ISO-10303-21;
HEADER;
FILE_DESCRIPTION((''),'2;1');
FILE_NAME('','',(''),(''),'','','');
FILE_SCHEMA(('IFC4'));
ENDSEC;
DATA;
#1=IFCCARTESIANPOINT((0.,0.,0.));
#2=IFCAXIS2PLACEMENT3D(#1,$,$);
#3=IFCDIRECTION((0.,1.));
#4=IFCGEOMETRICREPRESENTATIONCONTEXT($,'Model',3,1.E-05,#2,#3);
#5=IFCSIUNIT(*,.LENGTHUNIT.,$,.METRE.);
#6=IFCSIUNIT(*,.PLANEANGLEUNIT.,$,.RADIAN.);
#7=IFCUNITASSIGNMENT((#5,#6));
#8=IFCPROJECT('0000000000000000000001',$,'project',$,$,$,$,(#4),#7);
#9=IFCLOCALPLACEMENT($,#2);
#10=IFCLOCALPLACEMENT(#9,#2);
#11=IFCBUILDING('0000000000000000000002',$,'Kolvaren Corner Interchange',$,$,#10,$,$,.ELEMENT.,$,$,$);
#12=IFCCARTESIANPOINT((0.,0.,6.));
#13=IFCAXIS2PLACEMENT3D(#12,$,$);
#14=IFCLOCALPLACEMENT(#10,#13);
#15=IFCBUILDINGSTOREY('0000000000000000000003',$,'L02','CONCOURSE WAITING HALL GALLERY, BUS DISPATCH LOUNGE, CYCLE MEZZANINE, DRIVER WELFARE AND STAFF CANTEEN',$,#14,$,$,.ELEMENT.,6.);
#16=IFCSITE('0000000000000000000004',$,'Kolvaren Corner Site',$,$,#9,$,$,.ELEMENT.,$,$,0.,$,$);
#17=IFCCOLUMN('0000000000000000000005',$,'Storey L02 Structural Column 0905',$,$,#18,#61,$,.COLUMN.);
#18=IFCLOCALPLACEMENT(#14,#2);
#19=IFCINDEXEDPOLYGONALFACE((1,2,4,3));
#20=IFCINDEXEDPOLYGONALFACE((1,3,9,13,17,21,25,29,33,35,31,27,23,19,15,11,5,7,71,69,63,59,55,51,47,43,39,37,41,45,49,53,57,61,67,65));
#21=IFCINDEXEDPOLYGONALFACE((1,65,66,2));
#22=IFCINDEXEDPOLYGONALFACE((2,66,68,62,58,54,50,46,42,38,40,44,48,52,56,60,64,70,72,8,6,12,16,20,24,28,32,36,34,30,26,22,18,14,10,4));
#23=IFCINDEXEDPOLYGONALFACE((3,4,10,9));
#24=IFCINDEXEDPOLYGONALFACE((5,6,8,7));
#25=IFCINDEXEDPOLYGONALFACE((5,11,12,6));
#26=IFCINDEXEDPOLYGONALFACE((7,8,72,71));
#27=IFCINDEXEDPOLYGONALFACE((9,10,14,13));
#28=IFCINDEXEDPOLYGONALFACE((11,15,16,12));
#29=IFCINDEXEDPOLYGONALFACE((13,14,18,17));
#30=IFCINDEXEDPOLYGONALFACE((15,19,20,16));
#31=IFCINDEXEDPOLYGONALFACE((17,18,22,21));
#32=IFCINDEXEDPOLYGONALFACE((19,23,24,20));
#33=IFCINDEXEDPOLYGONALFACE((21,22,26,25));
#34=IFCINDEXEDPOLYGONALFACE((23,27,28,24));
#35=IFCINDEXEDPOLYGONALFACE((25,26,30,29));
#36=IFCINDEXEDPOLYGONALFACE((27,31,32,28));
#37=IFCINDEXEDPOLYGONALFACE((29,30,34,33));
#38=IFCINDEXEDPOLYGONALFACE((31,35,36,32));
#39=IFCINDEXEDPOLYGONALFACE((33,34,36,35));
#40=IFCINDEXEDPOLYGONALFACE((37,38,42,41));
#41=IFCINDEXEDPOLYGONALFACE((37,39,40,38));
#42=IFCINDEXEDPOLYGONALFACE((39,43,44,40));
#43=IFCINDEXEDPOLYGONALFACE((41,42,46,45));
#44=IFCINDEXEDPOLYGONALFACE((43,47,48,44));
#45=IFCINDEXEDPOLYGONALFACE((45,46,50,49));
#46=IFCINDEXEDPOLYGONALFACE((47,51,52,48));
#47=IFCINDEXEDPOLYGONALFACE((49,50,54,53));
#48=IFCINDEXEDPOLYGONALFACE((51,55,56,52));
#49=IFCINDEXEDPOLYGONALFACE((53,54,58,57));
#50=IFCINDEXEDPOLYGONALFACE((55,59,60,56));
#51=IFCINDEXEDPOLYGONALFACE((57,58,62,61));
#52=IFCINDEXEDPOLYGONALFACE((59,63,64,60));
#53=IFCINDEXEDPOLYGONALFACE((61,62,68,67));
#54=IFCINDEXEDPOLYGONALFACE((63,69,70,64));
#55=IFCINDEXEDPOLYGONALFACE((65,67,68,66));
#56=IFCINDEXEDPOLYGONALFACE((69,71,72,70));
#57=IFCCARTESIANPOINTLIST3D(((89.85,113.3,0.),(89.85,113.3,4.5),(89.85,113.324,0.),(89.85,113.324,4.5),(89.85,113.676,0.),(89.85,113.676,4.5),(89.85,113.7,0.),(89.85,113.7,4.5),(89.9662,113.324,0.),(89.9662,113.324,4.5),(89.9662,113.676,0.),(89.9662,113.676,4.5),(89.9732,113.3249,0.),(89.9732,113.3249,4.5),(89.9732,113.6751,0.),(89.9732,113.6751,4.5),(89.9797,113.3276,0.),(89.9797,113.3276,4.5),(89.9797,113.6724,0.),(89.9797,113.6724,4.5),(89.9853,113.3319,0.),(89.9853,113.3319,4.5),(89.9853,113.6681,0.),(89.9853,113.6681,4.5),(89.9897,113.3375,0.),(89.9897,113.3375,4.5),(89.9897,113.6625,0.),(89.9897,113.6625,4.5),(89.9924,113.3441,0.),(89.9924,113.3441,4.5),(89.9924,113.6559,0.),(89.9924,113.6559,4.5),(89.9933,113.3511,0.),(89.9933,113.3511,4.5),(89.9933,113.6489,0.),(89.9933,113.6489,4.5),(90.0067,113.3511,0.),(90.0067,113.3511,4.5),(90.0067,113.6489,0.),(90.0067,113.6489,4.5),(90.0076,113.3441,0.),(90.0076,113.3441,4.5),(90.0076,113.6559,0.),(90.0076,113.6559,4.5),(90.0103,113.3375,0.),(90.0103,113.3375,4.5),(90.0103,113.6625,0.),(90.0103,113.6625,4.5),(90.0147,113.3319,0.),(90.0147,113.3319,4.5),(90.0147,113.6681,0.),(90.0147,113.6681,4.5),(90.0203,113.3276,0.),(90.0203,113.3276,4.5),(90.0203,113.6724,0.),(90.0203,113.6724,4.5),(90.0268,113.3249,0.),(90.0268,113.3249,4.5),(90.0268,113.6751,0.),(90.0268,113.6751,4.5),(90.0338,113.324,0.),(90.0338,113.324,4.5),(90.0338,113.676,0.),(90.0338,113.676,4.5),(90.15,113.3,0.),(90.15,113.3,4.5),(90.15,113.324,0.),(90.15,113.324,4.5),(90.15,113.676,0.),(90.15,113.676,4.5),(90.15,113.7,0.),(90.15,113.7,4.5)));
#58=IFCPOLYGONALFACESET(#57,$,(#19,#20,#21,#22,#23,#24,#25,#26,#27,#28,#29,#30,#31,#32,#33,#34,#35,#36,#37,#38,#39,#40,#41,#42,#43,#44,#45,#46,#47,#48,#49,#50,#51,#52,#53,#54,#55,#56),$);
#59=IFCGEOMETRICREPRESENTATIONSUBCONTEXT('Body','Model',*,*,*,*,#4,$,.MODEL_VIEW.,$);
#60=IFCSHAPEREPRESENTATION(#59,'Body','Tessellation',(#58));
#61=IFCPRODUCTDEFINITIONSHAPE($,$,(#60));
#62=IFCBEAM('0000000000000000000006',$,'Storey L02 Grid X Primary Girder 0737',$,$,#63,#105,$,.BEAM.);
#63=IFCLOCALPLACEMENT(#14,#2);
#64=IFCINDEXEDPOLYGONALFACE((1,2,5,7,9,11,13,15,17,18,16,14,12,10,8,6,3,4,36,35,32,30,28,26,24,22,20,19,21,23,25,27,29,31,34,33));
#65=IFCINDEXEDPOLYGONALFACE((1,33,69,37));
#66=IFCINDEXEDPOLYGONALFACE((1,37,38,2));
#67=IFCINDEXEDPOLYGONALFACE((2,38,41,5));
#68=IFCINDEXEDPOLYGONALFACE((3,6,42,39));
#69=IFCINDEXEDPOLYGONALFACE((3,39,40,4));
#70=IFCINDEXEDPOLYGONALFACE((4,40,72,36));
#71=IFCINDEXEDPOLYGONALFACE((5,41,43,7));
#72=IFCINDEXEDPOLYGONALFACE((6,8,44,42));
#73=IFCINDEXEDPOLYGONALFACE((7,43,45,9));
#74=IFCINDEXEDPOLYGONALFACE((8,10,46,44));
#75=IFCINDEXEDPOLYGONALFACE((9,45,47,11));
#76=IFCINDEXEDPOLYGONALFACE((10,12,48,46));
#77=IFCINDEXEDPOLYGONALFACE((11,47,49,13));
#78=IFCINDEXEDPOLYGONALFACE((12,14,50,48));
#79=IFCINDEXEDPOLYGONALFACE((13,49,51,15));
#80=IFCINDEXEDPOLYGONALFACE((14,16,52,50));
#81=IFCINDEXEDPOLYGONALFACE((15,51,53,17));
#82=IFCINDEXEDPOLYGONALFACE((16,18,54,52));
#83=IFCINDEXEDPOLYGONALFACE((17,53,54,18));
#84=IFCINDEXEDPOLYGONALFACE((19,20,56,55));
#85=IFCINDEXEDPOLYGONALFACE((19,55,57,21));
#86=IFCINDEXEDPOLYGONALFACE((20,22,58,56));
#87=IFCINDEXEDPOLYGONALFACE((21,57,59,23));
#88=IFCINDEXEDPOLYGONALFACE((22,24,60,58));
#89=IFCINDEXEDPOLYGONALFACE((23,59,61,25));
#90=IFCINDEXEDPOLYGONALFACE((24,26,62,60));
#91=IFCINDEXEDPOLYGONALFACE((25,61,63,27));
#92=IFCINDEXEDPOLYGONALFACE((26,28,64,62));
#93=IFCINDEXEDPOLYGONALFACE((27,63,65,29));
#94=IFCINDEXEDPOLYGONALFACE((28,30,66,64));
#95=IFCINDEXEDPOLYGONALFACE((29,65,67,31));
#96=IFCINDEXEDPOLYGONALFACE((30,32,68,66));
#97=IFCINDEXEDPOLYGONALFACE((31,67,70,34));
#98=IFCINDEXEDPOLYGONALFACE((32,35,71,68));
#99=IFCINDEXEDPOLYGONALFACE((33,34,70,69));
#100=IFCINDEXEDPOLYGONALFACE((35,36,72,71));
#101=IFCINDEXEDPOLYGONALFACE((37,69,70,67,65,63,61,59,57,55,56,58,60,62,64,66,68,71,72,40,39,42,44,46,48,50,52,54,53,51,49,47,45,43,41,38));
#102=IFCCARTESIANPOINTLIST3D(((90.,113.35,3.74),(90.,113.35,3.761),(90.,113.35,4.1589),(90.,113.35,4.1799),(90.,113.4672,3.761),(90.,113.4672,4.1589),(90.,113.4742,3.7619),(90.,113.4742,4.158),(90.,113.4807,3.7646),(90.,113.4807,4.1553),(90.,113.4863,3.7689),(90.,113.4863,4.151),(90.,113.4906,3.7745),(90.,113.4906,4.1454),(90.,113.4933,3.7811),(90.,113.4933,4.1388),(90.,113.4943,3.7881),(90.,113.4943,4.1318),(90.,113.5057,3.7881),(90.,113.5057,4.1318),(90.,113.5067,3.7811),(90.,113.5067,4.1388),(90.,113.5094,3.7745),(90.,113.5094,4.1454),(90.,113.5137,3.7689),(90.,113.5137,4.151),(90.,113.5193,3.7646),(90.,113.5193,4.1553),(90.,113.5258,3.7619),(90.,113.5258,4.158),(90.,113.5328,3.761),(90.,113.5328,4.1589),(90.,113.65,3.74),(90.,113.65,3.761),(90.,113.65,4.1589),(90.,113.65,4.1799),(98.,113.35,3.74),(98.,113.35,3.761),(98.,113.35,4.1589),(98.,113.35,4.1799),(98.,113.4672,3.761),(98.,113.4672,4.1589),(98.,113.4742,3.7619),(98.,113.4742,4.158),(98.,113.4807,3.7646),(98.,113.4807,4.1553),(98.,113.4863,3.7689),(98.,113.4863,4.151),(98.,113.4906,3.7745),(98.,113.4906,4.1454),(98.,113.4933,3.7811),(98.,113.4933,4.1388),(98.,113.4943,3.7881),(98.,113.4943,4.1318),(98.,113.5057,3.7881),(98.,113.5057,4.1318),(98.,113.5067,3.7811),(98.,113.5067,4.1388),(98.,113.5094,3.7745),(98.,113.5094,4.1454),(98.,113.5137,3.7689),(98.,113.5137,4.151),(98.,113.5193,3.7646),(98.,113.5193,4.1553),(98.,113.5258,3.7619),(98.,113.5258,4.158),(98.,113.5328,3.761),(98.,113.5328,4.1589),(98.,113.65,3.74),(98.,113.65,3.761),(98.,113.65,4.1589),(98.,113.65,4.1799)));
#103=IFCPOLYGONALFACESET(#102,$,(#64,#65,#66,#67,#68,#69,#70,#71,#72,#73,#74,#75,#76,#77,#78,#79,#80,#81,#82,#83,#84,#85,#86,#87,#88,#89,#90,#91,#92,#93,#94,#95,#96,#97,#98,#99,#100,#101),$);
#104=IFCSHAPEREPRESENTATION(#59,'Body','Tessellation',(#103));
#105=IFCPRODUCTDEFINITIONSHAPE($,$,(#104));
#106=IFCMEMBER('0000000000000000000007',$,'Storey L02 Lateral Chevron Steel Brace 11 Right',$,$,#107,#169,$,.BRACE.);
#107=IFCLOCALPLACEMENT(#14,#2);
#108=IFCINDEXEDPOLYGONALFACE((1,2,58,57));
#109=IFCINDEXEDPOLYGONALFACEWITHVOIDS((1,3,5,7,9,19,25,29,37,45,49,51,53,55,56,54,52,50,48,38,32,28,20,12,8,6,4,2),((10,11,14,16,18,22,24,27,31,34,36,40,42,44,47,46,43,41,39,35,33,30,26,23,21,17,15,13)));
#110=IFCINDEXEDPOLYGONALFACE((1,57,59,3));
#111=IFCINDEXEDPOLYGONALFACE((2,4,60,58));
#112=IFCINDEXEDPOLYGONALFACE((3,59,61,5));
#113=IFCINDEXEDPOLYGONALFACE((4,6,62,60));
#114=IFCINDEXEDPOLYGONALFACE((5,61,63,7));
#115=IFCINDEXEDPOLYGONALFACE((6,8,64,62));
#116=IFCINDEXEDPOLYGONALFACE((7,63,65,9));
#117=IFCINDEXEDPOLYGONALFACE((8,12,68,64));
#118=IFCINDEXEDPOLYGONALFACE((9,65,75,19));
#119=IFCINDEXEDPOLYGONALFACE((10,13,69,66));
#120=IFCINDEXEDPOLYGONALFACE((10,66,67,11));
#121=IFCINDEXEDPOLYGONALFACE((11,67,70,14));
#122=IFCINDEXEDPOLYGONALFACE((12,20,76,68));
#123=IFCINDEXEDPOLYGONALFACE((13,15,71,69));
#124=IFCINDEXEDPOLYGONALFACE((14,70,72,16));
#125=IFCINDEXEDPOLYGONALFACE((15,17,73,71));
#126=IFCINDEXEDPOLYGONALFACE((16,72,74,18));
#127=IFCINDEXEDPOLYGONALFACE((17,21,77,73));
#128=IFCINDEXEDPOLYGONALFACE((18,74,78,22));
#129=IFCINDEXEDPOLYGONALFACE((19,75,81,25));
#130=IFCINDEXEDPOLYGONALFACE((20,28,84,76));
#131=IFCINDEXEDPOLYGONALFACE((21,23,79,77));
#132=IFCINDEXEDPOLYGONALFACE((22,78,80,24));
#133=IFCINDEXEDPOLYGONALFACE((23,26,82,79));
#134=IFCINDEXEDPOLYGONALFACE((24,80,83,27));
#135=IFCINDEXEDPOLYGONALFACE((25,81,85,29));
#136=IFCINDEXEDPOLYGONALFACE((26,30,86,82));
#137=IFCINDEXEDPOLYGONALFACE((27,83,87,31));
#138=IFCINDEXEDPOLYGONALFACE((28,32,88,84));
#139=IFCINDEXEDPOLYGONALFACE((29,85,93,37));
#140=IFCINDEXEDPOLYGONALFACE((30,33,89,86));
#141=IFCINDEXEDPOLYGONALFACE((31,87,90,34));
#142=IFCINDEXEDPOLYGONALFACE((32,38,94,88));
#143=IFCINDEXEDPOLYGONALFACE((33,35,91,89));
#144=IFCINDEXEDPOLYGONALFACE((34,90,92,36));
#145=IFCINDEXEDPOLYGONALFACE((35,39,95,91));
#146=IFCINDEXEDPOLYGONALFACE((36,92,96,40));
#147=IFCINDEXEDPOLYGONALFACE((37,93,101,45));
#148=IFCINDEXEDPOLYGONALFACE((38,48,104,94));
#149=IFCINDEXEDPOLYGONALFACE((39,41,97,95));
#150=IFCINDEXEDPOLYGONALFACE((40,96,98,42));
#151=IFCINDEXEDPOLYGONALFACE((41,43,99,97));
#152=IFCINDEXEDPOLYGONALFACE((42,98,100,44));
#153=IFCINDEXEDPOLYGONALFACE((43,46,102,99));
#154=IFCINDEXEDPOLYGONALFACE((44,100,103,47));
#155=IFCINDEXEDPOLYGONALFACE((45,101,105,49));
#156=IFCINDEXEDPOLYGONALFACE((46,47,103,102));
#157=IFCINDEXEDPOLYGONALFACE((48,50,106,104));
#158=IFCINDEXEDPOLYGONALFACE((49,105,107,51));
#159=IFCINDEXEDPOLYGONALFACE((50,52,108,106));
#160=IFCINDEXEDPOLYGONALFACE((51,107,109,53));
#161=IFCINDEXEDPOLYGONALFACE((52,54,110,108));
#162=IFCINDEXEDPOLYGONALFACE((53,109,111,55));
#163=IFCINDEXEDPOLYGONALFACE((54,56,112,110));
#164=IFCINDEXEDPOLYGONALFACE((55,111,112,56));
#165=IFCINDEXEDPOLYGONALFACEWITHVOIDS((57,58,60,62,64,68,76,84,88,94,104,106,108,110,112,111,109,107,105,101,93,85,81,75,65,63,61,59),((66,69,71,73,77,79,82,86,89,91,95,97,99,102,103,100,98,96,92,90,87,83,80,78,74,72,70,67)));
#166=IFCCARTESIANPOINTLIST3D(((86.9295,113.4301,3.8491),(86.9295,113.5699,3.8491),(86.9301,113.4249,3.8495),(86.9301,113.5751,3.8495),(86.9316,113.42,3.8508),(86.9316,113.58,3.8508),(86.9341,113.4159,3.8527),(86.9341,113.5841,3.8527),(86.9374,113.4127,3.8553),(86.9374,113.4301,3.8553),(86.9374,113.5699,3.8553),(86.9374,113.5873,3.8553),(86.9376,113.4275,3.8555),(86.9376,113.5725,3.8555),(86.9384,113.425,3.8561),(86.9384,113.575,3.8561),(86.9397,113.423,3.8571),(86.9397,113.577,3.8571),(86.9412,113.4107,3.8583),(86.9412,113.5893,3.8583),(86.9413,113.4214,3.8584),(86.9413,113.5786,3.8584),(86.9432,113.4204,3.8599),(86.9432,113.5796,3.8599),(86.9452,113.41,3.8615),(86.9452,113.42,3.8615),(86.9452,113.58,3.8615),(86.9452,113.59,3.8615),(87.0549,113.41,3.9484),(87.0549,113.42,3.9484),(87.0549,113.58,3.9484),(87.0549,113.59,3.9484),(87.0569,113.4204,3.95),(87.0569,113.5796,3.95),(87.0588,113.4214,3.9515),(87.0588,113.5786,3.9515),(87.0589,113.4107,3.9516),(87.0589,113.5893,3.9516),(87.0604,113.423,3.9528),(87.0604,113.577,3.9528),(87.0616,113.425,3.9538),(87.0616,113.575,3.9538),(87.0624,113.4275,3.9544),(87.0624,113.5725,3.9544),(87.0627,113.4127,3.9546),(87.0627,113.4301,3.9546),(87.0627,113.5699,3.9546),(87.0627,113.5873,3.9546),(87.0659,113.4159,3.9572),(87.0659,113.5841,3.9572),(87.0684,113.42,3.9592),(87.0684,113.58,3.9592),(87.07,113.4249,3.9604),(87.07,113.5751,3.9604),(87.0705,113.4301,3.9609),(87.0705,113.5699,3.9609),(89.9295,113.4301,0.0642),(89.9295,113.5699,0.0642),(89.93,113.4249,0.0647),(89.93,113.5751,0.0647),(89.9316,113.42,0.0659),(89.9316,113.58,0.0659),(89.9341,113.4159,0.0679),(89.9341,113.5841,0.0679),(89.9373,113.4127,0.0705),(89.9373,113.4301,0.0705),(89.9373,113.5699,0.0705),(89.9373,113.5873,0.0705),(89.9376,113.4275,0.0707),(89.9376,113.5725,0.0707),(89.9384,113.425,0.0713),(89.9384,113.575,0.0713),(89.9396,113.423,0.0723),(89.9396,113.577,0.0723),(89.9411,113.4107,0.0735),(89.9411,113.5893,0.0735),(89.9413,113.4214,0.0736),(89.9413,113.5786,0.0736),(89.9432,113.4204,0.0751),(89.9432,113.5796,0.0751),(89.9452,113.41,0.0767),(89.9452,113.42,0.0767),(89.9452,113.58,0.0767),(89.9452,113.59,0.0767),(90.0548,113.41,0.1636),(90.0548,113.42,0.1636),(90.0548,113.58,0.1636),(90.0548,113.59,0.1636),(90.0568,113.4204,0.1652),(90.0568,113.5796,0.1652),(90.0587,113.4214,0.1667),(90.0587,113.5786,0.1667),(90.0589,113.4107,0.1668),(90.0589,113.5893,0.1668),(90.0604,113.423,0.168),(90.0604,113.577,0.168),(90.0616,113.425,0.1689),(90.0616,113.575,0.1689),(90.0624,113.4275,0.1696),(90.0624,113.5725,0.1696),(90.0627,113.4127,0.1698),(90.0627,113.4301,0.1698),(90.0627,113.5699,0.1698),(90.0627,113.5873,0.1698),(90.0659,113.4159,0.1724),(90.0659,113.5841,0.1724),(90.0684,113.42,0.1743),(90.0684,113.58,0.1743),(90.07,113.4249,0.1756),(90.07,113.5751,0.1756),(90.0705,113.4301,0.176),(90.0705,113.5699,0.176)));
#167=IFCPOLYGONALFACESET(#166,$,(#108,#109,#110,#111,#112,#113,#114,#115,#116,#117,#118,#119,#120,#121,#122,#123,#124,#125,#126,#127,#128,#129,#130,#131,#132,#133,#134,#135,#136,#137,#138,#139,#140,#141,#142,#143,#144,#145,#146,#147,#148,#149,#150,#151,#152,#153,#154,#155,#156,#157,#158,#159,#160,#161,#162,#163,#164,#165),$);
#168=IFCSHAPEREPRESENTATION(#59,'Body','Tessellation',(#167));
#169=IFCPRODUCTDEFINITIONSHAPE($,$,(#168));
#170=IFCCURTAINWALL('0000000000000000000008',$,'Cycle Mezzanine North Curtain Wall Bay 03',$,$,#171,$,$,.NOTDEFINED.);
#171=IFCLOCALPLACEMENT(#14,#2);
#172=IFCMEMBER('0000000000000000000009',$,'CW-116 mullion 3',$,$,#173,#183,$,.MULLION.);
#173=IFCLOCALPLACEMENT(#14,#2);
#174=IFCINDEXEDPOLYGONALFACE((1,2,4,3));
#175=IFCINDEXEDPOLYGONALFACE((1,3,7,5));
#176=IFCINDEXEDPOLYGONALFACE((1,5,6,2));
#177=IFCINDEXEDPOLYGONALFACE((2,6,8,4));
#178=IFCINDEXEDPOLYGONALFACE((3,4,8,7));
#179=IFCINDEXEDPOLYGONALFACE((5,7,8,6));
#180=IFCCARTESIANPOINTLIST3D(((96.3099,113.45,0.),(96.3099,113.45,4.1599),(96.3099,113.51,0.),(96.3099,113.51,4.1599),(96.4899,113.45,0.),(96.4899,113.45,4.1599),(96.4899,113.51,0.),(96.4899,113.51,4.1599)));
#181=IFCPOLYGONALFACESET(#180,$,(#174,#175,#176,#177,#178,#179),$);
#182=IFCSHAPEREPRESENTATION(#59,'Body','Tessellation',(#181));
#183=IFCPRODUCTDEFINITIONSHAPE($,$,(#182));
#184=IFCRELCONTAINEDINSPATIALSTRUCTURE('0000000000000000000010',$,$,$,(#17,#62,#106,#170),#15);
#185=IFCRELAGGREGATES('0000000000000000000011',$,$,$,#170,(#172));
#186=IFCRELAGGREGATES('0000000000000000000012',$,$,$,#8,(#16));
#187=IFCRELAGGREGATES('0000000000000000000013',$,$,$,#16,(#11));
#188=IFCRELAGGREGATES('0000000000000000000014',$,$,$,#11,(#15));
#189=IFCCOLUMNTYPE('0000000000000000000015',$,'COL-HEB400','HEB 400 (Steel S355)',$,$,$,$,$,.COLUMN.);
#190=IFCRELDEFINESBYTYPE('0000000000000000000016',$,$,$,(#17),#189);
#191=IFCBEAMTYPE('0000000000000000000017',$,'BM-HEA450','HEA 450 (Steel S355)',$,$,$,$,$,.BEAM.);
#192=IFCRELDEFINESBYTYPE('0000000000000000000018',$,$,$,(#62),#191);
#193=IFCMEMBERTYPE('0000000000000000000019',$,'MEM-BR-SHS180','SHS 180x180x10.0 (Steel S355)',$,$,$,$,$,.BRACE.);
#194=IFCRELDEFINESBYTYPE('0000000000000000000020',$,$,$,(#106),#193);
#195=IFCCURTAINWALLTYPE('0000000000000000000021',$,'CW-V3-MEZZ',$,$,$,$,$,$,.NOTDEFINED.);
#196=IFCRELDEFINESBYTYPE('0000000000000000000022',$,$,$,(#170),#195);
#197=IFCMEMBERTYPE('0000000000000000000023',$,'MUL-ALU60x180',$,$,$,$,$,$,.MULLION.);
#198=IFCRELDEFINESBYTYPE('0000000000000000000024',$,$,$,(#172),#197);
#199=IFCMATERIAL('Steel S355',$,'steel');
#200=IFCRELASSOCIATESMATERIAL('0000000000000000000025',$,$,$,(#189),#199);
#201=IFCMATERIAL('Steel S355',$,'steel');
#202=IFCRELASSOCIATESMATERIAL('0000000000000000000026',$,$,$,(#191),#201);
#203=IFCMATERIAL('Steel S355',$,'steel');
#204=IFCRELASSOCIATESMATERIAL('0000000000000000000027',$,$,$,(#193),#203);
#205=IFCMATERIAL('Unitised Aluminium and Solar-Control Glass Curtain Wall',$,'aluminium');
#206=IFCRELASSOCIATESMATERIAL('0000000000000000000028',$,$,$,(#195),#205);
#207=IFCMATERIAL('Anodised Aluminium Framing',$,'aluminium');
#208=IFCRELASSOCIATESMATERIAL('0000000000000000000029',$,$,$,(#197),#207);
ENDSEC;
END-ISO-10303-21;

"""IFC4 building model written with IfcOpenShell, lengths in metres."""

from ifc_helpers import new_model, si_unit, direction, frame, origin, origin_2d, place, context, subcontext, project, spatial, rectangle, hollow_rectangle, i_section, extrude, material, material_profile, profile_set, type_object, element, aggregate, save


model = new_model("IFC4")

# Units and contexts
model_context = context("Model", 3, precision=1e-05, world=origin(), true_north=direction((0.0, 1.0)))
body_context = subcontext(model_context, "Body", "Model", "MODEL_VIEW")
ifc_project = project(units=[si_unit("LENGTHUNIT", "METRE"), si_unit("PLANEANGLEUNIT", "RADIAN")], contexts=[model_context])

# Site, building, storey
site_placement = place(None, origin())
site = spatial("IfcSite", under=ifc_project, at=site_placement, Name="Kolvaren Corner Site", CompositionType="ELEMENT", RefElevation=0.0)
building_placement = place(site_placement, origin())
building = spatial("IfcBuilding", under=site, at=building_placement, Name="Kolvaren Corner Interchange", CompositionType="ELEMENT")
storey_placement = place(building_placement, frame((0.0, 0.0, 6.0)))
storey = spatial("IfcBuildingStorey", under=building, at=storey_placement, Name="L02", Description="CONCOURSE WAITING HALL GALLERY, BUS DISPATCH LOUNGE, CYCLE MEZZANINE, DRIVER WELFARE AND STAFF CANTEEN", CompositionType="ELEMENT", Elevation=6.0)

# Column
ifc_material_1 = material(Name="Steel S355", Category="steel")
ifc_material_profile_1 = material_profile(ifc_material_1, i_section(OverallWidth=0.3, OverallDepth=0.3999, WebThickness=0.0134, FlangeThickness=0.0239, FilletRadius=0.0271, at=origin_2d()), Name="HEB 400")
ifc_profile_set_1 = profile_set([ifc_material_profile_1], Name="Steel S355")
column_type = type_object("IfcColumnType", Name="COL-HEB400", Description="HEB 400 (Steel S355)", PredefinedType="COLUMN", material=ifc_profile_set_1)
column_placement = place(storey_placement, frame((90.0, 113.5, 0.0), z_axis=(0.0, 0.0, 1.0), x_axis=(1.0, 0.0, 0.0)))
element("IfcColumn", 1, at=column_placement, inside=storey, type_object=column_type, Name="Storey L02 Structural Column 0905", PredefinedType="COLUMN", context=body_context, shape_type="SweptSolid", body=[
    extrude(i_section(OverallWidth=0.3, OverallDepth=0.3999, WebThickness=0.0134, FlangeThickness=0.0239, FilletRadius=0.0271, at=origin_2d()), origin(), (0.0, 0.0, 1.0), 4.5),
])

# Beam
ifc_material_2 = material(Name="Steel S355", Category="steel")
ifc_material_profile_2 = material_profile(ifc_material_2, i_section(OverallWidth=0.3, OverallDepth=0.4399, WebThickness=0.0115, FlangeThickness=0.021, FilletRadius=0.0271, at=origin_2d()), Name="HEA 450")
ifc_profile_set_2 = profile_set([ifc_material_profile_2], Name="Steel S355")
beam_type = type_object("IfcBeamType", Name="BM-HEA450", Description="HEA 450 (Steel S355)", PredefinedType="BEAM", material=ifc_profile_set_2)
beam_placement = place(storey_placement, frame((90.0, 113.5, 3.96), z_axis=(1.0, 0.0, 0.0), x_axis=(0.0, 1.0, 0.0)))
element("IfcBeam", 2, at=beam_placement, inside=storey, type_object=beam_type, Name="Storey L02 Grid X Primary Girder 0737", PredefinedType="BEAM", context=body_context, shape_type="SweptSolid", body=[
    extrude(i_section(OverallWidth=0.3, OverallDepth=0.4399, WebThickness=0.0115, FlangeThickness=0.021, FilletRadius=0.0271, at=origin_2d()), origin(), (0.0, 0.0, 1.0), 8.0),
])

# Member
ifc_material_3 = material(Name="Steel S355", Category="steel")
ifc_material_profile_3 = material_profile(ifc_material_3, hollow_rectangle(XDim=0.1799, YDim=0.1799, WallThickness=0.01, InnerFilletRadius=0.01, OuterFilletRadius=0.02, at=origin_2d()), Name="SHS 180x180x10.0")
ifc_profile_set_3 = profile_set([ifc_material_profile_3], Name="Steel S355")
member_type_1 = type_object("IfcMemberType", Name="MEM-BR-SHS180", Description="SHS 180x180x10.0 (Steel S355)", PredefinedType="BRACE", material=ifc_profile_set_3)
member_1_placement = place(storey_placement, frame((90.0, 113.5, 0.1201), z_axis=(-0.621162, 0.0, 0.783682), x_axis=(0.0, -1.0, 0.0)))
element("IfcMember", 3, at=member_1_placement, inside=storey, type_object=member_type_1, Name="Storey L02 Lateral Chevron Steel Brace 11 Right", PredefinedType="BRACE", context=body_context, shape_type="SweptSolid", body=[
    extrude(hollow_rectangle(XDim=0.1799, YDim=0.1799, WallThickness=0.01, InnerFilletRadius=0.01, OuterFilletRadius=0.02, at=origin_2d()), origin(), (0.0, 0.0, 1.0), 4.8296),
])

# Curtain wall, member
ifc_material_4 = material(Name="Unitised Aluminium and Solar-Control Glass Curtain Wall", Category="aluminium")
curtain_wall_type = type_object("IfcCurtainWallType", Name="CW-V3-MEZZ", PredefinedType="NOTDEFINED", material=ifc_material_4)
curtain_wall_1_placement = place(storey_placement, origin())
curtain_wall_1 = element("IfcCurtainWall", 4, at=curtain_wall_1_placement, inside=storey, type_object=curtain_wall_type, Name="Cycle Mezzanine North Curtain Wall Bay 03", PredefinedType="NOTDEFINED")
ifc_material_5 = material(Name="Anodised Aluminium Framing", Category="aluminium")
ifc_material_profile_4 = material_profile(ifc_material_5, rectangle(XDim=0.0601, YDim=0.1799, at=origin_2d()), Name="ALU 60x180")
ifc_profile_set_4 = profile_set([ifc_material_profile_4], Name="Anodised Aluminium Framing")
member_type_2 = type_object("IfcMemberType", Name="MUL-ALU60x180", PredefinedType="MULLION", material=ifc_profile_set_4)
member_2_placement = place(storey_placement, frame((96.3999, 113.48, 0.0), z_axis=(0.0, 0.0, 1.0), x_axis=(0.0, 1.0, 0.0)))
member_2 = element("IfcMember", 5, at=member_2_placement, type_object=member_type_2, Name="CW-116 mullion 3", PredefinedType="MULLION", context=body_context, shape_type="SweptSolid", body=[
    extrude(rectangle(XDim=0.0601, YDim=0.1799, at=origin_2d()), origin(), (0.0, 0.0, 1.0), 4.1599),
])

aggregate(curtain_wall_1, [member_2])

save(model, "model.ifc")
